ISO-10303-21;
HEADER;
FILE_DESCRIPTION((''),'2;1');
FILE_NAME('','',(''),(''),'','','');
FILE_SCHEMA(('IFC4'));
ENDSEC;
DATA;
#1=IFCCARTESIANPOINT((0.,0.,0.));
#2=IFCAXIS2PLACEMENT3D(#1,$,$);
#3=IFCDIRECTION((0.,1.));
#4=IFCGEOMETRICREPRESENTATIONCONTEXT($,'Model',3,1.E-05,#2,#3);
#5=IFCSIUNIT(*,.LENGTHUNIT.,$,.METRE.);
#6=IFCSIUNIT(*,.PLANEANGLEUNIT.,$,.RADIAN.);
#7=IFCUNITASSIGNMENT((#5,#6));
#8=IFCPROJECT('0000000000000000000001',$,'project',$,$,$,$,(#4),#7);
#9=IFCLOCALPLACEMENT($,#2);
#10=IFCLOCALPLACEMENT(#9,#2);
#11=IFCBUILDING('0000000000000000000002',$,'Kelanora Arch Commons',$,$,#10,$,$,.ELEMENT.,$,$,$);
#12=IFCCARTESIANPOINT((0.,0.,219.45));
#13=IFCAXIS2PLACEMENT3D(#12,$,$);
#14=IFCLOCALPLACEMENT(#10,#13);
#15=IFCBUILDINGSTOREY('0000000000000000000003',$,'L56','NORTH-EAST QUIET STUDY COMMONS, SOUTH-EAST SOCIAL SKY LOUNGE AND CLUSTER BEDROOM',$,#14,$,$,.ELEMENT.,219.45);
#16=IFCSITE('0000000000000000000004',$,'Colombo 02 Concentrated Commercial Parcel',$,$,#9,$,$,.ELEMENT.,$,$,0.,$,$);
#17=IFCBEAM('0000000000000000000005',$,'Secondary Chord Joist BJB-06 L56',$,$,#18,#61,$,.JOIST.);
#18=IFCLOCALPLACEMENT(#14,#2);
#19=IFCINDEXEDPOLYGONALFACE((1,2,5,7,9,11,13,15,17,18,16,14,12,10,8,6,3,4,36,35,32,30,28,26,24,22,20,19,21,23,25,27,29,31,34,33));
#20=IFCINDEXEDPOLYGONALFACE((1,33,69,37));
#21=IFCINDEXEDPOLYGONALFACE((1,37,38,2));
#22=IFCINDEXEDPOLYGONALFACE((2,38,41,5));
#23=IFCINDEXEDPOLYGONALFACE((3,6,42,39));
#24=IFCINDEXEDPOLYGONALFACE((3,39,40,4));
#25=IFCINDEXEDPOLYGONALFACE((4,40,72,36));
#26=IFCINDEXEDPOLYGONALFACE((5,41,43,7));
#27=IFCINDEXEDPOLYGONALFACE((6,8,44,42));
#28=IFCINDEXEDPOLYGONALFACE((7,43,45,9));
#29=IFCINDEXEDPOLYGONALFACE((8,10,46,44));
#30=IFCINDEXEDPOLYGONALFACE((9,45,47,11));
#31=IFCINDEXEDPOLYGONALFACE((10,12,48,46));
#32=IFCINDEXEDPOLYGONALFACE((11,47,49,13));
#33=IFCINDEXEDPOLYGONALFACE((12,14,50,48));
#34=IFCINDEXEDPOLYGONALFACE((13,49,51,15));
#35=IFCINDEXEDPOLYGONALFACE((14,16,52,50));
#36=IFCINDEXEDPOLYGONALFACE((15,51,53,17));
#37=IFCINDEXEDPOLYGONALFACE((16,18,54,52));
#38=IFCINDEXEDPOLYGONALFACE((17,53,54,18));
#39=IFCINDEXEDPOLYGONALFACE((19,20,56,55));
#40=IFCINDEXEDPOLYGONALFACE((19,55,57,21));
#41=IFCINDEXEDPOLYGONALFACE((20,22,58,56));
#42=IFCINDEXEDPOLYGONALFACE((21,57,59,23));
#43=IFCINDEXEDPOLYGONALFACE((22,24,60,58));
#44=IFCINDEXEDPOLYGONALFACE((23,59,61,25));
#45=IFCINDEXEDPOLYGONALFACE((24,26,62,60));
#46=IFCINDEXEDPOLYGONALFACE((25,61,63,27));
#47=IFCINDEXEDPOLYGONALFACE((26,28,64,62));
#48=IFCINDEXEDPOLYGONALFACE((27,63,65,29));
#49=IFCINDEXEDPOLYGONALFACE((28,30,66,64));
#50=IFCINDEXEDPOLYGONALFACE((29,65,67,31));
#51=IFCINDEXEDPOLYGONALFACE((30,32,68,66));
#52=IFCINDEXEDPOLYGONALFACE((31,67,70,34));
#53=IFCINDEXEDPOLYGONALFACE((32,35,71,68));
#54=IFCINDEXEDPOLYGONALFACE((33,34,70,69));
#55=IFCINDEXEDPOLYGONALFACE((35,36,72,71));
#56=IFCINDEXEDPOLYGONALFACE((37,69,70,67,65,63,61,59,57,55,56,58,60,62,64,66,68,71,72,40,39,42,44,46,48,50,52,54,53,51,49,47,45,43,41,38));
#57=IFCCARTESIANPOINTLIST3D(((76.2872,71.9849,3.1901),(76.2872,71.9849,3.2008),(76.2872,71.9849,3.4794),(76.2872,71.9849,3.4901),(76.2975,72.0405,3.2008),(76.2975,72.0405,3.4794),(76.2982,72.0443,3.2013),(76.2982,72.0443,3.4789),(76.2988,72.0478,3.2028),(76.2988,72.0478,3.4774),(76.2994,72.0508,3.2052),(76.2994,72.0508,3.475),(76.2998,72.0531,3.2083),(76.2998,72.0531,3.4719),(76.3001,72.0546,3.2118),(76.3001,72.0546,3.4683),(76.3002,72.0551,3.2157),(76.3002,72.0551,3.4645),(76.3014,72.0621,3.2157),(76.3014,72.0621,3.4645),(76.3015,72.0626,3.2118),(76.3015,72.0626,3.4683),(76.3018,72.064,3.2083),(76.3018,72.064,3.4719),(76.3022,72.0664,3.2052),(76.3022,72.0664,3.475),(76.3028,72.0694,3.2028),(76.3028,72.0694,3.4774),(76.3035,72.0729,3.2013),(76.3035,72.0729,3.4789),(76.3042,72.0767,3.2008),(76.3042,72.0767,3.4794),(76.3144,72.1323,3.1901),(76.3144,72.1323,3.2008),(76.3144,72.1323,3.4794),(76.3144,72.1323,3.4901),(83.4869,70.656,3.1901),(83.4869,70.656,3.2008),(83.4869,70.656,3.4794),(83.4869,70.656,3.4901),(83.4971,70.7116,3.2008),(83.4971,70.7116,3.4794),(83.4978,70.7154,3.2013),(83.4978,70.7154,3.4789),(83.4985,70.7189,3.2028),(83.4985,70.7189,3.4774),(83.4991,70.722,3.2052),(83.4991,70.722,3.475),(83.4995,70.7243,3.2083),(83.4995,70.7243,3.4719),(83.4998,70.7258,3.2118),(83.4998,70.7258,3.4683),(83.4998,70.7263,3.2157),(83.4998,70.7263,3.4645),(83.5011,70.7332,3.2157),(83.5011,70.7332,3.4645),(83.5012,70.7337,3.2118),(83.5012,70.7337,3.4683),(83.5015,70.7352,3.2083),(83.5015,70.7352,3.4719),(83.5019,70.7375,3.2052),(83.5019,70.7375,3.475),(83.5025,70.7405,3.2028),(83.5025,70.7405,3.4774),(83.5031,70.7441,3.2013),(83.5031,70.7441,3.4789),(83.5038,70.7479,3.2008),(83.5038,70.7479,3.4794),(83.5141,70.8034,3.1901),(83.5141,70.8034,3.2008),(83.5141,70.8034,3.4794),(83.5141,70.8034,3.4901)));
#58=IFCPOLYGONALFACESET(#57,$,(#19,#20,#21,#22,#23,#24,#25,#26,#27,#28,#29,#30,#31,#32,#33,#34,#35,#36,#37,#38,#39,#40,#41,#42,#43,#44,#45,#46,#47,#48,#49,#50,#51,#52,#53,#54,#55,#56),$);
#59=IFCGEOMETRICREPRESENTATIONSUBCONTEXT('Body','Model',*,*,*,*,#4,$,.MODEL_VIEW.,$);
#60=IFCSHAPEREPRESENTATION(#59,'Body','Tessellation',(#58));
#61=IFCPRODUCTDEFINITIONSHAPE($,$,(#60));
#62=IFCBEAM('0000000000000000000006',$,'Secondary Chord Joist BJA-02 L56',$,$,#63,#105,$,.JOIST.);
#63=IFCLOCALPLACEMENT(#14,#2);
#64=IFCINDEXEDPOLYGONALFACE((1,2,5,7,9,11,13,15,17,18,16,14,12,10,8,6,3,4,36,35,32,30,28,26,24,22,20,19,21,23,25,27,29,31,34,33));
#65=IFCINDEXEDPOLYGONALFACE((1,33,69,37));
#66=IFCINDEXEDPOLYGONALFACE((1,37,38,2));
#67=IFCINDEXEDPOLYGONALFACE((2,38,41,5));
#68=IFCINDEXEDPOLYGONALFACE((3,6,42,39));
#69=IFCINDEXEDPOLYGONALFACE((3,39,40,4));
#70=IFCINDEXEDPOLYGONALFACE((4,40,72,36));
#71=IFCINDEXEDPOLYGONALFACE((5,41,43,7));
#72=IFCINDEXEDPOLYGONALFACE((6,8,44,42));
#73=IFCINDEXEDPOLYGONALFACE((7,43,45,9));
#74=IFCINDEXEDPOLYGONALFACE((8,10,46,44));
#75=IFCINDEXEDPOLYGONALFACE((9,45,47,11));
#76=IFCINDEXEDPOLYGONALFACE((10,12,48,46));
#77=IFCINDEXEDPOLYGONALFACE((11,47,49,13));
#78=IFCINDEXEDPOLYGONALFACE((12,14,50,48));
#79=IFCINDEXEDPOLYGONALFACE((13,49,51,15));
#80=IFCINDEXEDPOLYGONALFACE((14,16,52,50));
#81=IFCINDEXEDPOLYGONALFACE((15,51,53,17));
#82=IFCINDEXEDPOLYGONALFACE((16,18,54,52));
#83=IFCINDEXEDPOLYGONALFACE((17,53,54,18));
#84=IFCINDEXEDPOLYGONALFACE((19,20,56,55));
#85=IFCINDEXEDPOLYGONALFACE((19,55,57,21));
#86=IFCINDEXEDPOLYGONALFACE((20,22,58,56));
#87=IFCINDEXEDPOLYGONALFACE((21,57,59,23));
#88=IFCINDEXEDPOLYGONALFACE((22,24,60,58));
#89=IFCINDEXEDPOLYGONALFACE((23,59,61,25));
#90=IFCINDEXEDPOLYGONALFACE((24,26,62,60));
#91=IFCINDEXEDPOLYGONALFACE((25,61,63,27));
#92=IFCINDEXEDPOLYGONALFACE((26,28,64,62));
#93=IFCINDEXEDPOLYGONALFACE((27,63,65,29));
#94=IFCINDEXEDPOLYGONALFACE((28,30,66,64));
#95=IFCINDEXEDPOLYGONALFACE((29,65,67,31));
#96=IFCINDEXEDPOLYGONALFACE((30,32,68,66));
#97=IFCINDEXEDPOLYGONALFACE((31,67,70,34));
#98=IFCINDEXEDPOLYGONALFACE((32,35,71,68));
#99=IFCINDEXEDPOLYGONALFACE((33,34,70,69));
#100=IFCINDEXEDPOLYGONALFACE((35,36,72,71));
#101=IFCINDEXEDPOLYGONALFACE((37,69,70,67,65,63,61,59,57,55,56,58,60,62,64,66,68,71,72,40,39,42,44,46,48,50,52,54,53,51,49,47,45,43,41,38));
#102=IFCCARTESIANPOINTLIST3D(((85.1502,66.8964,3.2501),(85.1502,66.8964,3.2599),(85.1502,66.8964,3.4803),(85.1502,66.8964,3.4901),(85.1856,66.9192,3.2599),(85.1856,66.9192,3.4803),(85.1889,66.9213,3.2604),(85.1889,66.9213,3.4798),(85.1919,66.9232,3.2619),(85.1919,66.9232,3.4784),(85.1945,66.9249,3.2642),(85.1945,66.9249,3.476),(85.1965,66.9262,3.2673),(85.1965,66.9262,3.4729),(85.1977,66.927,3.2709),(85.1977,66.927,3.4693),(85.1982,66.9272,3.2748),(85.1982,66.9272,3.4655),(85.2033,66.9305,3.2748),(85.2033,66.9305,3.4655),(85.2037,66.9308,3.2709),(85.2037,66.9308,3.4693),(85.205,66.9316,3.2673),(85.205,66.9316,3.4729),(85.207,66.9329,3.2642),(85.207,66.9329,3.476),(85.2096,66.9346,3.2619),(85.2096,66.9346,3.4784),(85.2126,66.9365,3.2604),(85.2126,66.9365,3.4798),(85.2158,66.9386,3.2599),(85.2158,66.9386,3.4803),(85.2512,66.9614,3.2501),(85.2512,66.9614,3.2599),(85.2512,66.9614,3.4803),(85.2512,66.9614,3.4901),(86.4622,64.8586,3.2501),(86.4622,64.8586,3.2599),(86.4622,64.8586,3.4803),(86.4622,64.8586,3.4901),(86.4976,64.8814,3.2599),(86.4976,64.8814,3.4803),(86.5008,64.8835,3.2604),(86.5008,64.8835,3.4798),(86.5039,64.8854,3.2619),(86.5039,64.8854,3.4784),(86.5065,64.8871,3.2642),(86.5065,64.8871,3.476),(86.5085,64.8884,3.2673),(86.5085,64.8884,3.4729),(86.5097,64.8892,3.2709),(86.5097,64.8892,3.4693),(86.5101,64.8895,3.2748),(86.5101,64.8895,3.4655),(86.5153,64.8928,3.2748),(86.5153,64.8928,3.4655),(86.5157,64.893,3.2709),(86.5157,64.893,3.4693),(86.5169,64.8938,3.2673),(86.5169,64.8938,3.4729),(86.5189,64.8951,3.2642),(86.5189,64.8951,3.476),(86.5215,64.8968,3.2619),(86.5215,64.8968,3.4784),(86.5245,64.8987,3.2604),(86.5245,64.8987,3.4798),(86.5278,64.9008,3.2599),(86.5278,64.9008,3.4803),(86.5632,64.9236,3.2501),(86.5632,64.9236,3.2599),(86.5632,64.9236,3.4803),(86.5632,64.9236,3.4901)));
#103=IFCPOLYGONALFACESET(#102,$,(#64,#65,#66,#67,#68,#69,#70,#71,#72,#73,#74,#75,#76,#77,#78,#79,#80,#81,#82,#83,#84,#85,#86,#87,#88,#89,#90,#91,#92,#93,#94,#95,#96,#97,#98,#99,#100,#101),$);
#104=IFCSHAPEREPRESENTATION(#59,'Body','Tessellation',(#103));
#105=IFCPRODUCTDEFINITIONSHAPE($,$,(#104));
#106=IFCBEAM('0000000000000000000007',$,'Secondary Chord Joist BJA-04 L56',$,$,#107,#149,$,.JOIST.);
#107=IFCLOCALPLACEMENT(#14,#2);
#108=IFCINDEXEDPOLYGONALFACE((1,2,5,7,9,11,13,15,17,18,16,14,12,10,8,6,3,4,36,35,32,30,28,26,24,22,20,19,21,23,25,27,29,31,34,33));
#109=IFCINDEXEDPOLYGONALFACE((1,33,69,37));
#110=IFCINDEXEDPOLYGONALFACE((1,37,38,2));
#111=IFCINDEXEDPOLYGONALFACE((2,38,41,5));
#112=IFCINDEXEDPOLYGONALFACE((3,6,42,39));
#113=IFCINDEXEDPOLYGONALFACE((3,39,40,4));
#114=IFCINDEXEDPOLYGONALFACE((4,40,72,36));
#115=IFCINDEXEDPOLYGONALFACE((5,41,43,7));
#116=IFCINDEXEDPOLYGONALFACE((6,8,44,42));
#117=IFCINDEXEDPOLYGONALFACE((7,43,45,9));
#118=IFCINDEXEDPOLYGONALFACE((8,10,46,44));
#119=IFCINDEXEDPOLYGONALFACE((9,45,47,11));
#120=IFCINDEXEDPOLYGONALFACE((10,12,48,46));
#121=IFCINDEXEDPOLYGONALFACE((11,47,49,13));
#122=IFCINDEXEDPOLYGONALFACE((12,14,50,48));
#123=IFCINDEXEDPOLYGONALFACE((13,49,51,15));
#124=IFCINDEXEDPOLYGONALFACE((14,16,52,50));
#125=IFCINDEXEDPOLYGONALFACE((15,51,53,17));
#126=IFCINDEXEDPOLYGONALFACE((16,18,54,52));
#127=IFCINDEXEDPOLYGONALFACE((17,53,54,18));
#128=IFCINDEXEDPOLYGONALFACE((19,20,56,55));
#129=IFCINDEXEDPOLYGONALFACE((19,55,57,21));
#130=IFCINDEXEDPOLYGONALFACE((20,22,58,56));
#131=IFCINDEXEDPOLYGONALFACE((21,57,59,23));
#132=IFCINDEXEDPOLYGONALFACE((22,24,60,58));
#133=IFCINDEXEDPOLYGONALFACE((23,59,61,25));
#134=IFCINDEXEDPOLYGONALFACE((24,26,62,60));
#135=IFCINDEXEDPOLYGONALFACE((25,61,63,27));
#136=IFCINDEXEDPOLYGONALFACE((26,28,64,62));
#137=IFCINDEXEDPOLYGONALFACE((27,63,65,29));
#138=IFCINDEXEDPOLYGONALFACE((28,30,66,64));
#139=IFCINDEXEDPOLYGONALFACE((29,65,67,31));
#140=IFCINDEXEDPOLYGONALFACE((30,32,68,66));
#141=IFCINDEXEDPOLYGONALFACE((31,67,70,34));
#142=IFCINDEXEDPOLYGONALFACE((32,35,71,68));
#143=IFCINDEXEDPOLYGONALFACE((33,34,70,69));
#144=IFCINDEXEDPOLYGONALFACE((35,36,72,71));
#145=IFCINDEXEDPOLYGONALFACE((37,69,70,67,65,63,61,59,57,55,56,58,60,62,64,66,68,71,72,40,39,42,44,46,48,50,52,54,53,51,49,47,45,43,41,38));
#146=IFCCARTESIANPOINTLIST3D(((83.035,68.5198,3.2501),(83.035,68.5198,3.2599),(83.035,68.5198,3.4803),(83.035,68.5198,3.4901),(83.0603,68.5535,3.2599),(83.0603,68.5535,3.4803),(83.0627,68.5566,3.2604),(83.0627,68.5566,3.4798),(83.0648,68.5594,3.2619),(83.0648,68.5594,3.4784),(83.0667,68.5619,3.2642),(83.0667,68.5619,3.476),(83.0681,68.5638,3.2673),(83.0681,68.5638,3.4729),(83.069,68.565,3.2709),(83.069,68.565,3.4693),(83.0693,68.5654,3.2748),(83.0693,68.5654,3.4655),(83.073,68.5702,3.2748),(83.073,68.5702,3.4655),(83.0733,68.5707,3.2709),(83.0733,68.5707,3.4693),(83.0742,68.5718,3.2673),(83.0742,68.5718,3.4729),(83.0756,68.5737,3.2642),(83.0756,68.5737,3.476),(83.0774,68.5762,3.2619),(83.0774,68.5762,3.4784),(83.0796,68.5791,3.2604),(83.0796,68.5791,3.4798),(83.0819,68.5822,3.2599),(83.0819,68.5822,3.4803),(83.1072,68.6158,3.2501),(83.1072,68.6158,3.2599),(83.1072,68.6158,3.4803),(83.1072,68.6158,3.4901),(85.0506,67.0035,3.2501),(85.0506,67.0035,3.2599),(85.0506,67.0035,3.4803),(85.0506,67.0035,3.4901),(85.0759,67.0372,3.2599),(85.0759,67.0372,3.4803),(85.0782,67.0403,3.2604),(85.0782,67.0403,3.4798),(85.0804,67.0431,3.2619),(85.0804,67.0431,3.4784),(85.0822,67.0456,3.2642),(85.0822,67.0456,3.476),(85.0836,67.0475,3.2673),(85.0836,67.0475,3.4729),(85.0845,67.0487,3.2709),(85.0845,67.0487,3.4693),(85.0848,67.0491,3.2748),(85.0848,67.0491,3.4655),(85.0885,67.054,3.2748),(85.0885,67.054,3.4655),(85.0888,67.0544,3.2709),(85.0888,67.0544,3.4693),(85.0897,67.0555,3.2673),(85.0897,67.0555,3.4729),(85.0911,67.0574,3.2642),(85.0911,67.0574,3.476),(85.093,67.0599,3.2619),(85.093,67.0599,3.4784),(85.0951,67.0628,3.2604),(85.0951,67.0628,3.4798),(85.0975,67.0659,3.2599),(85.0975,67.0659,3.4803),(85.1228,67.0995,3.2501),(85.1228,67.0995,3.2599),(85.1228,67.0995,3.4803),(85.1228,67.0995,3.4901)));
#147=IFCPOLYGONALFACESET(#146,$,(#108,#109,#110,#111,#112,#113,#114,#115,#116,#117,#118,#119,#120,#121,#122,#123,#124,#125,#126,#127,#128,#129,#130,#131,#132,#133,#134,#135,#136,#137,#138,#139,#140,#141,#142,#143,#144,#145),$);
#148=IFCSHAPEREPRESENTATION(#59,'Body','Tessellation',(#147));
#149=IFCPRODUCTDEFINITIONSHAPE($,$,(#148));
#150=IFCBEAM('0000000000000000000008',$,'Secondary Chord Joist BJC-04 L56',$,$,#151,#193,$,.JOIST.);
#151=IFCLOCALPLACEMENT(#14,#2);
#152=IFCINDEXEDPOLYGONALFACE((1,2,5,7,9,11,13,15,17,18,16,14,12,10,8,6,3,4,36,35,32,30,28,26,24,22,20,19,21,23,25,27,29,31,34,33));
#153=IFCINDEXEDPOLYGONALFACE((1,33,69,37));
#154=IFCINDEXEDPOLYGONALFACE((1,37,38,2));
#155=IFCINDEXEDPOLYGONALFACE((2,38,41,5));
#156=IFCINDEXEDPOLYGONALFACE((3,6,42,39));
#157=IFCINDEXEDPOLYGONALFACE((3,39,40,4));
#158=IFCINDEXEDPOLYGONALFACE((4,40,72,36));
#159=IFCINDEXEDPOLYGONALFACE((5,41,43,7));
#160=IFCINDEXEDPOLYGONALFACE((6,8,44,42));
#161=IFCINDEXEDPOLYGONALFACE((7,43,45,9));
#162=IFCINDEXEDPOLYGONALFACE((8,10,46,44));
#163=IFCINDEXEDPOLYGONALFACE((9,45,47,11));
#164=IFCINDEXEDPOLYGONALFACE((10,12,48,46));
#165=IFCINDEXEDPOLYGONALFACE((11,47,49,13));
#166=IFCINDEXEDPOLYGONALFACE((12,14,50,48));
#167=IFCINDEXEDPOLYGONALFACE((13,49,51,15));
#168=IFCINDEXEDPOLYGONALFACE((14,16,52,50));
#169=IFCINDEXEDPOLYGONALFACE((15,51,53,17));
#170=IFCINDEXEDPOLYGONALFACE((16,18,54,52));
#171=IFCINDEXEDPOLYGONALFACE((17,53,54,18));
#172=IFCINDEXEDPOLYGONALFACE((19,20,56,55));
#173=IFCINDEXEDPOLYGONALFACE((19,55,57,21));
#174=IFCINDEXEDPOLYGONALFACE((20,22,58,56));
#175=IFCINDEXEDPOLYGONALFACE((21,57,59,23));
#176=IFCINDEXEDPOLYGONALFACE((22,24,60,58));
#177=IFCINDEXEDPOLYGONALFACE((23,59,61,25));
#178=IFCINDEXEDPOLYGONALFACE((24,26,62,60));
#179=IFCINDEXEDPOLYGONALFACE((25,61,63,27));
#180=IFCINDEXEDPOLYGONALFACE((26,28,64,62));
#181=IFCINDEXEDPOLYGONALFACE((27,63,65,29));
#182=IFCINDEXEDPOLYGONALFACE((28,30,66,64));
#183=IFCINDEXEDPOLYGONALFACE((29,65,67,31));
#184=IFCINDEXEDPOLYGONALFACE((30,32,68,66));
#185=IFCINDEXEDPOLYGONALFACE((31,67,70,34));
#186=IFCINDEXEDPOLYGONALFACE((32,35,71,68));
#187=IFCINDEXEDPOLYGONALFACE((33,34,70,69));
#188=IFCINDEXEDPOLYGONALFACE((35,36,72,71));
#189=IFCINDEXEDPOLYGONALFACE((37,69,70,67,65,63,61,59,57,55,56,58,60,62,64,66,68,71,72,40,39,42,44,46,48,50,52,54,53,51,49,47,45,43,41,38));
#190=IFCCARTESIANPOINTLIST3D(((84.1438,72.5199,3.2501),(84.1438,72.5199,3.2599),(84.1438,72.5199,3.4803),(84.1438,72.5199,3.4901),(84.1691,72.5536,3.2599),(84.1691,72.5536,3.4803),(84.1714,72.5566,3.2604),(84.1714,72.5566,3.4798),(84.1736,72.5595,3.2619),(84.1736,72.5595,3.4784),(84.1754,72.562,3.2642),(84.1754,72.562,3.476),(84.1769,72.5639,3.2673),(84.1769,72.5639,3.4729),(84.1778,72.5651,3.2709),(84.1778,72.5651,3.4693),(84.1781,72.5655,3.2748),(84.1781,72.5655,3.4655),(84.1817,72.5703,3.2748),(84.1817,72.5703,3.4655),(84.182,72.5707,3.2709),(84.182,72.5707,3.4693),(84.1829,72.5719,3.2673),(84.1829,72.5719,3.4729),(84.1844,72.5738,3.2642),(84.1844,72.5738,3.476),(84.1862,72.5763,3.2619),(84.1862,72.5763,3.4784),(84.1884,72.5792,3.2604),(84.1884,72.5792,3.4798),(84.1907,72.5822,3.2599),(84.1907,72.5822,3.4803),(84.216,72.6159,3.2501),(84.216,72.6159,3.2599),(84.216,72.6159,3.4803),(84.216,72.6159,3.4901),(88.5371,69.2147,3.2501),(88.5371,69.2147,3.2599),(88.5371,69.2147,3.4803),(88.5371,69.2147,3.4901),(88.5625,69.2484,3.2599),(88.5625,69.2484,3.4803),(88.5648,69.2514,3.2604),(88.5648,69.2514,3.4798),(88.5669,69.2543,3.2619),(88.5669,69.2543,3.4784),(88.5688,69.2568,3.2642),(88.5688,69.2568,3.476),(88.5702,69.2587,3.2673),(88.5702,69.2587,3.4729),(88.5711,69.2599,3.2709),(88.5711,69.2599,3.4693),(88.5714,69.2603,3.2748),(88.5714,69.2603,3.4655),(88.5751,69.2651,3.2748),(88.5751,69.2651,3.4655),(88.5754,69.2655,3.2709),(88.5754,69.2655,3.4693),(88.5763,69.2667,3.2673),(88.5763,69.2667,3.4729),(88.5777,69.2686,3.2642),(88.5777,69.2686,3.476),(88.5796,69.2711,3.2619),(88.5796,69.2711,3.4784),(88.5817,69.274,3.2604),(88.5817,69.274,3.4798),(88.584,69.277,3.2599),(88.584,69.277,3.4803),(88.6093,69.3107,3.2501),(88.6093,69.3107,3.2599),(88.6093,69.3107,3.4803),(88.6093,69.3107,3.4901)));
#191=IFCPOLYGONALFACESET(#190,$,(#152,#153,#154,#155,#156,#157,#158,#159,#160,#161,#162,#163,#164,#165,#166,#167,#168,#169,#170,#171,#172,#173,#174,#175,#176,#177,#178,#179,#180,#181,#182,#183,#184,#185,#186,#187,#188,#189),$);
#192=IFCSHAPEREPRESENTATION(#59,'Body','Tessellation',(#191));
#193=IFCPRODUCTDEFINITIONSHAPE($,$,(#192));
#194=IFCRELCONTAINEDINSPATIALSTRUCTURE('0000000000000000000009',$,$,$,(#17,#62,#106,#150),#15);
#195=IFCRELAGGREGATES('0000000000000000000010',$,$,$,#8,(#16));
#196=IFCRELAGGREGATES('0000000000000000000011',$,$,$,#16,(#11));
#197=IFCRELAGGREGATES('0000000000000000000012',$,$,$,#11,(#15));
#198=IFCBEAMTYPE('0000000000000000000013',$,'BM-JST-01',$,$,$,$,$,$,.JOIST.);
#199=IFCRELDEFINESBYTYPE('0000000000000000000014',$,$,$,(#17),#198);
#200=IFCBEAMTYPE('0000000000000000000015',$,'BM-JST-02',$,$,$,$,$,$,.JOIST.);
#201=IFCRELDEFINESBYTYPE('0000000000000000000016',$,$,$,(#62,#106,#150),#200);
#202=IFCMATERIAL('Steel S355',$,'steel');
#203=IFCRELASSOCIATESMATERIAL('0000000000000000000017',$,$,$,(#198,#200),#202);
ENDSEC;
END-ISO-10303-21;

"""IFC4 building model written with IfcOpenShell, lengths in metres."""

from ifc_helpers import new_model, si_unit, direction, frame, origin, origin_2d, place, context, subcontext, project, spatial, i_section, extrude, material, material_profile, profile_set, type_object, element, save


model = new_model("IFC4")

# Units and contexts
model_context = context("Model", 3, precision=1e-05, world=origin(), true_north=direction((0.0, 1.0)))
body_context = subcontext(model_context, "Body", "Model", "MODEL_VIEW")
ifc_project = project(units=[si_unit("LENGTHUNIT", "METRE"), si_unit("PLANEANGLEUNIT", "RADIAN")], contexts=[model_context])

# Site, building, storey
site_placement = place(None, origin())
site = spatial("IfcSite", under=ifc_project, at=site_placement, Name="Colombo 02 Concentrated Commercial Parcel", CompositionType="ELEMENT", RefElevation=0.0)
building_placement = place(site_placement, origin())
building = spatial("IfcBuilding", under=site, at=building_placement, Name="Kelanora Arch Commons", CompositionType="ELEMENT")
storey_placement = place(building_placement, frame((0.0, 0.0, 219.45)))
storey = spatial("IfcBuildingStorey", under=building, at=storey_placement, Name="L56", Description="NORTH-EAST QUIET STUDY COMMONS, SOUTH-EAST SOCIAL SKY LOUNGE AND CLUSTER BEDROOM", CompositionType="ELEMENT", Elevation=219.45)

# Beams
ifc_material_1 = material(Name="Steel S355", Category="steel")
ifc_material_profile_1 = material_profile(ifc_material_1, i_section(OverallWidth=0.1499, OverallDepth=0.3, WebThickness=0.0071, FlangeThickness=0.0107, FilletRadius=0.0149, at=origin_2d()), Name="IPE300")
ifc_profile_set_1 = profile_set([ifc_material_profile_1], Name="Steel S355")
beam_type_1 = type_object("IfcBeamType", Name="BM-JST-01", PredefinedType="JOIST", material=ifc_profile_set_1)
beam_1_placement = place(storey_placement, frame((83.5005, 70.7297, 3.3401), z_axis=(-0.98339, 0.181505, 0.0), x_axis=(-0.181505, -0.98339, 0.0)))
element("IfcBeam", 1, at=beam_1_placement, inside=storey, type_object=beam_type_1, Name="Secondary Chord Joist BJB-06 L56", PredefinedType="JOIST", context=body_context, shape_type="SweptSolid", body=[
    extrude(i_section(OverallWidth=0.1499, OverallDepth=0.3, WebThickness=0.0071, FlangeThickness=0.0107, FilletRadius=0.0149, at=origin_2d()), origin(), (0.0, 0.0, 1.0), 7.3213),
])
ifc_material_profile_2 = material_profile(ifc_material_1, i_section(OverallWidth=0.1201, OverallDepth=0.24, WebThickness=0.0061, FlangeThickness=0.0098, FilletRadius=0.0149, at=origin_2d()), Name="IPE240")
ifc_profile_set_2 = profile_set([ifc_material_profile_2], Name="Steel S355")
beam_type_2 = type_object("IfcBeamType", Name="BM-JST-02", PredefinedType="JOIST", material=ifc_profile_set_2)
beam_2_placement = place(storey_placement, frame((86.5127, 64.8911, 3.3701), z_axis=(-0.541333, 0.840808, 0.0), x_axis=(-0.840808, -0.541333, 0.0)))
element("IfcBeam", 2, at=beam_2_placement, inside=storey, type_object=beam_type_2, Name="Secondary Chord Joist BJA-02 L56", PredefinedType="JOIST", context=body_context, shape_type="SweptSolid", body=[
    extrude(i_section(OverallWidth=0.1201, OverallDepth=0.24, WebThickness=0.0061, FlangeThickness=0.0098, FilletRadius=0.0149, at=origin_2d()), origin(), (0.0, 0.0, 1.0), 2.4236),
])
beam_3_placement = place(storey_placement, frame((85.0867, 67.0515, 3.3701), z_axis=(-0.799116, 0.601176, 0.0), x_axis=(-0.601176, -0.799116, 0.0)))
element("IfcBeam", 3, at=beam_3_placement, inside=storey, type_object=beam_type_2, Name="Secondary Chord Joist BJA-04 L56", PredefinedType="JOIST", context=body_context, shape_type="SweptSolid", body=[
    extrude(i_section(OverallWidth=0.1201, OverallDepth=0.24, WebThickness=0.0061, FlangeThickness=0.0098, FilletRadius=0.0149, at=origin_2d()), origin(), (0.0, 0.0, 1.0), 2.5222),
])
beam_4_placement = place(storey_placement, frame((88.5732, 69.2627, 3.3701), z_axis=(-0.799109, 0.601186, 0.0), x_axis=(-0.601186, -0.799109, 0.0)))
element("IfcBeam", 4, at=beam_4_placement, inside=storey, type_object=beam_type_2, Name="Secondary Chord Joist BJC-04 L56", PredefinedType="JOIST", context=body_context, shape_type="SweptSolid", body=[
    extrude(i_section(OverallWidth=0.1201, OverallDepth=0.24, WebThickness=0.0061, FlangeThickness=0.0098, FilletRadius=0.0149, at=origin_2d()), origin(), (0.0, 0.0, 1.0), 5.4978),
])

save(model, "model.ifc")
